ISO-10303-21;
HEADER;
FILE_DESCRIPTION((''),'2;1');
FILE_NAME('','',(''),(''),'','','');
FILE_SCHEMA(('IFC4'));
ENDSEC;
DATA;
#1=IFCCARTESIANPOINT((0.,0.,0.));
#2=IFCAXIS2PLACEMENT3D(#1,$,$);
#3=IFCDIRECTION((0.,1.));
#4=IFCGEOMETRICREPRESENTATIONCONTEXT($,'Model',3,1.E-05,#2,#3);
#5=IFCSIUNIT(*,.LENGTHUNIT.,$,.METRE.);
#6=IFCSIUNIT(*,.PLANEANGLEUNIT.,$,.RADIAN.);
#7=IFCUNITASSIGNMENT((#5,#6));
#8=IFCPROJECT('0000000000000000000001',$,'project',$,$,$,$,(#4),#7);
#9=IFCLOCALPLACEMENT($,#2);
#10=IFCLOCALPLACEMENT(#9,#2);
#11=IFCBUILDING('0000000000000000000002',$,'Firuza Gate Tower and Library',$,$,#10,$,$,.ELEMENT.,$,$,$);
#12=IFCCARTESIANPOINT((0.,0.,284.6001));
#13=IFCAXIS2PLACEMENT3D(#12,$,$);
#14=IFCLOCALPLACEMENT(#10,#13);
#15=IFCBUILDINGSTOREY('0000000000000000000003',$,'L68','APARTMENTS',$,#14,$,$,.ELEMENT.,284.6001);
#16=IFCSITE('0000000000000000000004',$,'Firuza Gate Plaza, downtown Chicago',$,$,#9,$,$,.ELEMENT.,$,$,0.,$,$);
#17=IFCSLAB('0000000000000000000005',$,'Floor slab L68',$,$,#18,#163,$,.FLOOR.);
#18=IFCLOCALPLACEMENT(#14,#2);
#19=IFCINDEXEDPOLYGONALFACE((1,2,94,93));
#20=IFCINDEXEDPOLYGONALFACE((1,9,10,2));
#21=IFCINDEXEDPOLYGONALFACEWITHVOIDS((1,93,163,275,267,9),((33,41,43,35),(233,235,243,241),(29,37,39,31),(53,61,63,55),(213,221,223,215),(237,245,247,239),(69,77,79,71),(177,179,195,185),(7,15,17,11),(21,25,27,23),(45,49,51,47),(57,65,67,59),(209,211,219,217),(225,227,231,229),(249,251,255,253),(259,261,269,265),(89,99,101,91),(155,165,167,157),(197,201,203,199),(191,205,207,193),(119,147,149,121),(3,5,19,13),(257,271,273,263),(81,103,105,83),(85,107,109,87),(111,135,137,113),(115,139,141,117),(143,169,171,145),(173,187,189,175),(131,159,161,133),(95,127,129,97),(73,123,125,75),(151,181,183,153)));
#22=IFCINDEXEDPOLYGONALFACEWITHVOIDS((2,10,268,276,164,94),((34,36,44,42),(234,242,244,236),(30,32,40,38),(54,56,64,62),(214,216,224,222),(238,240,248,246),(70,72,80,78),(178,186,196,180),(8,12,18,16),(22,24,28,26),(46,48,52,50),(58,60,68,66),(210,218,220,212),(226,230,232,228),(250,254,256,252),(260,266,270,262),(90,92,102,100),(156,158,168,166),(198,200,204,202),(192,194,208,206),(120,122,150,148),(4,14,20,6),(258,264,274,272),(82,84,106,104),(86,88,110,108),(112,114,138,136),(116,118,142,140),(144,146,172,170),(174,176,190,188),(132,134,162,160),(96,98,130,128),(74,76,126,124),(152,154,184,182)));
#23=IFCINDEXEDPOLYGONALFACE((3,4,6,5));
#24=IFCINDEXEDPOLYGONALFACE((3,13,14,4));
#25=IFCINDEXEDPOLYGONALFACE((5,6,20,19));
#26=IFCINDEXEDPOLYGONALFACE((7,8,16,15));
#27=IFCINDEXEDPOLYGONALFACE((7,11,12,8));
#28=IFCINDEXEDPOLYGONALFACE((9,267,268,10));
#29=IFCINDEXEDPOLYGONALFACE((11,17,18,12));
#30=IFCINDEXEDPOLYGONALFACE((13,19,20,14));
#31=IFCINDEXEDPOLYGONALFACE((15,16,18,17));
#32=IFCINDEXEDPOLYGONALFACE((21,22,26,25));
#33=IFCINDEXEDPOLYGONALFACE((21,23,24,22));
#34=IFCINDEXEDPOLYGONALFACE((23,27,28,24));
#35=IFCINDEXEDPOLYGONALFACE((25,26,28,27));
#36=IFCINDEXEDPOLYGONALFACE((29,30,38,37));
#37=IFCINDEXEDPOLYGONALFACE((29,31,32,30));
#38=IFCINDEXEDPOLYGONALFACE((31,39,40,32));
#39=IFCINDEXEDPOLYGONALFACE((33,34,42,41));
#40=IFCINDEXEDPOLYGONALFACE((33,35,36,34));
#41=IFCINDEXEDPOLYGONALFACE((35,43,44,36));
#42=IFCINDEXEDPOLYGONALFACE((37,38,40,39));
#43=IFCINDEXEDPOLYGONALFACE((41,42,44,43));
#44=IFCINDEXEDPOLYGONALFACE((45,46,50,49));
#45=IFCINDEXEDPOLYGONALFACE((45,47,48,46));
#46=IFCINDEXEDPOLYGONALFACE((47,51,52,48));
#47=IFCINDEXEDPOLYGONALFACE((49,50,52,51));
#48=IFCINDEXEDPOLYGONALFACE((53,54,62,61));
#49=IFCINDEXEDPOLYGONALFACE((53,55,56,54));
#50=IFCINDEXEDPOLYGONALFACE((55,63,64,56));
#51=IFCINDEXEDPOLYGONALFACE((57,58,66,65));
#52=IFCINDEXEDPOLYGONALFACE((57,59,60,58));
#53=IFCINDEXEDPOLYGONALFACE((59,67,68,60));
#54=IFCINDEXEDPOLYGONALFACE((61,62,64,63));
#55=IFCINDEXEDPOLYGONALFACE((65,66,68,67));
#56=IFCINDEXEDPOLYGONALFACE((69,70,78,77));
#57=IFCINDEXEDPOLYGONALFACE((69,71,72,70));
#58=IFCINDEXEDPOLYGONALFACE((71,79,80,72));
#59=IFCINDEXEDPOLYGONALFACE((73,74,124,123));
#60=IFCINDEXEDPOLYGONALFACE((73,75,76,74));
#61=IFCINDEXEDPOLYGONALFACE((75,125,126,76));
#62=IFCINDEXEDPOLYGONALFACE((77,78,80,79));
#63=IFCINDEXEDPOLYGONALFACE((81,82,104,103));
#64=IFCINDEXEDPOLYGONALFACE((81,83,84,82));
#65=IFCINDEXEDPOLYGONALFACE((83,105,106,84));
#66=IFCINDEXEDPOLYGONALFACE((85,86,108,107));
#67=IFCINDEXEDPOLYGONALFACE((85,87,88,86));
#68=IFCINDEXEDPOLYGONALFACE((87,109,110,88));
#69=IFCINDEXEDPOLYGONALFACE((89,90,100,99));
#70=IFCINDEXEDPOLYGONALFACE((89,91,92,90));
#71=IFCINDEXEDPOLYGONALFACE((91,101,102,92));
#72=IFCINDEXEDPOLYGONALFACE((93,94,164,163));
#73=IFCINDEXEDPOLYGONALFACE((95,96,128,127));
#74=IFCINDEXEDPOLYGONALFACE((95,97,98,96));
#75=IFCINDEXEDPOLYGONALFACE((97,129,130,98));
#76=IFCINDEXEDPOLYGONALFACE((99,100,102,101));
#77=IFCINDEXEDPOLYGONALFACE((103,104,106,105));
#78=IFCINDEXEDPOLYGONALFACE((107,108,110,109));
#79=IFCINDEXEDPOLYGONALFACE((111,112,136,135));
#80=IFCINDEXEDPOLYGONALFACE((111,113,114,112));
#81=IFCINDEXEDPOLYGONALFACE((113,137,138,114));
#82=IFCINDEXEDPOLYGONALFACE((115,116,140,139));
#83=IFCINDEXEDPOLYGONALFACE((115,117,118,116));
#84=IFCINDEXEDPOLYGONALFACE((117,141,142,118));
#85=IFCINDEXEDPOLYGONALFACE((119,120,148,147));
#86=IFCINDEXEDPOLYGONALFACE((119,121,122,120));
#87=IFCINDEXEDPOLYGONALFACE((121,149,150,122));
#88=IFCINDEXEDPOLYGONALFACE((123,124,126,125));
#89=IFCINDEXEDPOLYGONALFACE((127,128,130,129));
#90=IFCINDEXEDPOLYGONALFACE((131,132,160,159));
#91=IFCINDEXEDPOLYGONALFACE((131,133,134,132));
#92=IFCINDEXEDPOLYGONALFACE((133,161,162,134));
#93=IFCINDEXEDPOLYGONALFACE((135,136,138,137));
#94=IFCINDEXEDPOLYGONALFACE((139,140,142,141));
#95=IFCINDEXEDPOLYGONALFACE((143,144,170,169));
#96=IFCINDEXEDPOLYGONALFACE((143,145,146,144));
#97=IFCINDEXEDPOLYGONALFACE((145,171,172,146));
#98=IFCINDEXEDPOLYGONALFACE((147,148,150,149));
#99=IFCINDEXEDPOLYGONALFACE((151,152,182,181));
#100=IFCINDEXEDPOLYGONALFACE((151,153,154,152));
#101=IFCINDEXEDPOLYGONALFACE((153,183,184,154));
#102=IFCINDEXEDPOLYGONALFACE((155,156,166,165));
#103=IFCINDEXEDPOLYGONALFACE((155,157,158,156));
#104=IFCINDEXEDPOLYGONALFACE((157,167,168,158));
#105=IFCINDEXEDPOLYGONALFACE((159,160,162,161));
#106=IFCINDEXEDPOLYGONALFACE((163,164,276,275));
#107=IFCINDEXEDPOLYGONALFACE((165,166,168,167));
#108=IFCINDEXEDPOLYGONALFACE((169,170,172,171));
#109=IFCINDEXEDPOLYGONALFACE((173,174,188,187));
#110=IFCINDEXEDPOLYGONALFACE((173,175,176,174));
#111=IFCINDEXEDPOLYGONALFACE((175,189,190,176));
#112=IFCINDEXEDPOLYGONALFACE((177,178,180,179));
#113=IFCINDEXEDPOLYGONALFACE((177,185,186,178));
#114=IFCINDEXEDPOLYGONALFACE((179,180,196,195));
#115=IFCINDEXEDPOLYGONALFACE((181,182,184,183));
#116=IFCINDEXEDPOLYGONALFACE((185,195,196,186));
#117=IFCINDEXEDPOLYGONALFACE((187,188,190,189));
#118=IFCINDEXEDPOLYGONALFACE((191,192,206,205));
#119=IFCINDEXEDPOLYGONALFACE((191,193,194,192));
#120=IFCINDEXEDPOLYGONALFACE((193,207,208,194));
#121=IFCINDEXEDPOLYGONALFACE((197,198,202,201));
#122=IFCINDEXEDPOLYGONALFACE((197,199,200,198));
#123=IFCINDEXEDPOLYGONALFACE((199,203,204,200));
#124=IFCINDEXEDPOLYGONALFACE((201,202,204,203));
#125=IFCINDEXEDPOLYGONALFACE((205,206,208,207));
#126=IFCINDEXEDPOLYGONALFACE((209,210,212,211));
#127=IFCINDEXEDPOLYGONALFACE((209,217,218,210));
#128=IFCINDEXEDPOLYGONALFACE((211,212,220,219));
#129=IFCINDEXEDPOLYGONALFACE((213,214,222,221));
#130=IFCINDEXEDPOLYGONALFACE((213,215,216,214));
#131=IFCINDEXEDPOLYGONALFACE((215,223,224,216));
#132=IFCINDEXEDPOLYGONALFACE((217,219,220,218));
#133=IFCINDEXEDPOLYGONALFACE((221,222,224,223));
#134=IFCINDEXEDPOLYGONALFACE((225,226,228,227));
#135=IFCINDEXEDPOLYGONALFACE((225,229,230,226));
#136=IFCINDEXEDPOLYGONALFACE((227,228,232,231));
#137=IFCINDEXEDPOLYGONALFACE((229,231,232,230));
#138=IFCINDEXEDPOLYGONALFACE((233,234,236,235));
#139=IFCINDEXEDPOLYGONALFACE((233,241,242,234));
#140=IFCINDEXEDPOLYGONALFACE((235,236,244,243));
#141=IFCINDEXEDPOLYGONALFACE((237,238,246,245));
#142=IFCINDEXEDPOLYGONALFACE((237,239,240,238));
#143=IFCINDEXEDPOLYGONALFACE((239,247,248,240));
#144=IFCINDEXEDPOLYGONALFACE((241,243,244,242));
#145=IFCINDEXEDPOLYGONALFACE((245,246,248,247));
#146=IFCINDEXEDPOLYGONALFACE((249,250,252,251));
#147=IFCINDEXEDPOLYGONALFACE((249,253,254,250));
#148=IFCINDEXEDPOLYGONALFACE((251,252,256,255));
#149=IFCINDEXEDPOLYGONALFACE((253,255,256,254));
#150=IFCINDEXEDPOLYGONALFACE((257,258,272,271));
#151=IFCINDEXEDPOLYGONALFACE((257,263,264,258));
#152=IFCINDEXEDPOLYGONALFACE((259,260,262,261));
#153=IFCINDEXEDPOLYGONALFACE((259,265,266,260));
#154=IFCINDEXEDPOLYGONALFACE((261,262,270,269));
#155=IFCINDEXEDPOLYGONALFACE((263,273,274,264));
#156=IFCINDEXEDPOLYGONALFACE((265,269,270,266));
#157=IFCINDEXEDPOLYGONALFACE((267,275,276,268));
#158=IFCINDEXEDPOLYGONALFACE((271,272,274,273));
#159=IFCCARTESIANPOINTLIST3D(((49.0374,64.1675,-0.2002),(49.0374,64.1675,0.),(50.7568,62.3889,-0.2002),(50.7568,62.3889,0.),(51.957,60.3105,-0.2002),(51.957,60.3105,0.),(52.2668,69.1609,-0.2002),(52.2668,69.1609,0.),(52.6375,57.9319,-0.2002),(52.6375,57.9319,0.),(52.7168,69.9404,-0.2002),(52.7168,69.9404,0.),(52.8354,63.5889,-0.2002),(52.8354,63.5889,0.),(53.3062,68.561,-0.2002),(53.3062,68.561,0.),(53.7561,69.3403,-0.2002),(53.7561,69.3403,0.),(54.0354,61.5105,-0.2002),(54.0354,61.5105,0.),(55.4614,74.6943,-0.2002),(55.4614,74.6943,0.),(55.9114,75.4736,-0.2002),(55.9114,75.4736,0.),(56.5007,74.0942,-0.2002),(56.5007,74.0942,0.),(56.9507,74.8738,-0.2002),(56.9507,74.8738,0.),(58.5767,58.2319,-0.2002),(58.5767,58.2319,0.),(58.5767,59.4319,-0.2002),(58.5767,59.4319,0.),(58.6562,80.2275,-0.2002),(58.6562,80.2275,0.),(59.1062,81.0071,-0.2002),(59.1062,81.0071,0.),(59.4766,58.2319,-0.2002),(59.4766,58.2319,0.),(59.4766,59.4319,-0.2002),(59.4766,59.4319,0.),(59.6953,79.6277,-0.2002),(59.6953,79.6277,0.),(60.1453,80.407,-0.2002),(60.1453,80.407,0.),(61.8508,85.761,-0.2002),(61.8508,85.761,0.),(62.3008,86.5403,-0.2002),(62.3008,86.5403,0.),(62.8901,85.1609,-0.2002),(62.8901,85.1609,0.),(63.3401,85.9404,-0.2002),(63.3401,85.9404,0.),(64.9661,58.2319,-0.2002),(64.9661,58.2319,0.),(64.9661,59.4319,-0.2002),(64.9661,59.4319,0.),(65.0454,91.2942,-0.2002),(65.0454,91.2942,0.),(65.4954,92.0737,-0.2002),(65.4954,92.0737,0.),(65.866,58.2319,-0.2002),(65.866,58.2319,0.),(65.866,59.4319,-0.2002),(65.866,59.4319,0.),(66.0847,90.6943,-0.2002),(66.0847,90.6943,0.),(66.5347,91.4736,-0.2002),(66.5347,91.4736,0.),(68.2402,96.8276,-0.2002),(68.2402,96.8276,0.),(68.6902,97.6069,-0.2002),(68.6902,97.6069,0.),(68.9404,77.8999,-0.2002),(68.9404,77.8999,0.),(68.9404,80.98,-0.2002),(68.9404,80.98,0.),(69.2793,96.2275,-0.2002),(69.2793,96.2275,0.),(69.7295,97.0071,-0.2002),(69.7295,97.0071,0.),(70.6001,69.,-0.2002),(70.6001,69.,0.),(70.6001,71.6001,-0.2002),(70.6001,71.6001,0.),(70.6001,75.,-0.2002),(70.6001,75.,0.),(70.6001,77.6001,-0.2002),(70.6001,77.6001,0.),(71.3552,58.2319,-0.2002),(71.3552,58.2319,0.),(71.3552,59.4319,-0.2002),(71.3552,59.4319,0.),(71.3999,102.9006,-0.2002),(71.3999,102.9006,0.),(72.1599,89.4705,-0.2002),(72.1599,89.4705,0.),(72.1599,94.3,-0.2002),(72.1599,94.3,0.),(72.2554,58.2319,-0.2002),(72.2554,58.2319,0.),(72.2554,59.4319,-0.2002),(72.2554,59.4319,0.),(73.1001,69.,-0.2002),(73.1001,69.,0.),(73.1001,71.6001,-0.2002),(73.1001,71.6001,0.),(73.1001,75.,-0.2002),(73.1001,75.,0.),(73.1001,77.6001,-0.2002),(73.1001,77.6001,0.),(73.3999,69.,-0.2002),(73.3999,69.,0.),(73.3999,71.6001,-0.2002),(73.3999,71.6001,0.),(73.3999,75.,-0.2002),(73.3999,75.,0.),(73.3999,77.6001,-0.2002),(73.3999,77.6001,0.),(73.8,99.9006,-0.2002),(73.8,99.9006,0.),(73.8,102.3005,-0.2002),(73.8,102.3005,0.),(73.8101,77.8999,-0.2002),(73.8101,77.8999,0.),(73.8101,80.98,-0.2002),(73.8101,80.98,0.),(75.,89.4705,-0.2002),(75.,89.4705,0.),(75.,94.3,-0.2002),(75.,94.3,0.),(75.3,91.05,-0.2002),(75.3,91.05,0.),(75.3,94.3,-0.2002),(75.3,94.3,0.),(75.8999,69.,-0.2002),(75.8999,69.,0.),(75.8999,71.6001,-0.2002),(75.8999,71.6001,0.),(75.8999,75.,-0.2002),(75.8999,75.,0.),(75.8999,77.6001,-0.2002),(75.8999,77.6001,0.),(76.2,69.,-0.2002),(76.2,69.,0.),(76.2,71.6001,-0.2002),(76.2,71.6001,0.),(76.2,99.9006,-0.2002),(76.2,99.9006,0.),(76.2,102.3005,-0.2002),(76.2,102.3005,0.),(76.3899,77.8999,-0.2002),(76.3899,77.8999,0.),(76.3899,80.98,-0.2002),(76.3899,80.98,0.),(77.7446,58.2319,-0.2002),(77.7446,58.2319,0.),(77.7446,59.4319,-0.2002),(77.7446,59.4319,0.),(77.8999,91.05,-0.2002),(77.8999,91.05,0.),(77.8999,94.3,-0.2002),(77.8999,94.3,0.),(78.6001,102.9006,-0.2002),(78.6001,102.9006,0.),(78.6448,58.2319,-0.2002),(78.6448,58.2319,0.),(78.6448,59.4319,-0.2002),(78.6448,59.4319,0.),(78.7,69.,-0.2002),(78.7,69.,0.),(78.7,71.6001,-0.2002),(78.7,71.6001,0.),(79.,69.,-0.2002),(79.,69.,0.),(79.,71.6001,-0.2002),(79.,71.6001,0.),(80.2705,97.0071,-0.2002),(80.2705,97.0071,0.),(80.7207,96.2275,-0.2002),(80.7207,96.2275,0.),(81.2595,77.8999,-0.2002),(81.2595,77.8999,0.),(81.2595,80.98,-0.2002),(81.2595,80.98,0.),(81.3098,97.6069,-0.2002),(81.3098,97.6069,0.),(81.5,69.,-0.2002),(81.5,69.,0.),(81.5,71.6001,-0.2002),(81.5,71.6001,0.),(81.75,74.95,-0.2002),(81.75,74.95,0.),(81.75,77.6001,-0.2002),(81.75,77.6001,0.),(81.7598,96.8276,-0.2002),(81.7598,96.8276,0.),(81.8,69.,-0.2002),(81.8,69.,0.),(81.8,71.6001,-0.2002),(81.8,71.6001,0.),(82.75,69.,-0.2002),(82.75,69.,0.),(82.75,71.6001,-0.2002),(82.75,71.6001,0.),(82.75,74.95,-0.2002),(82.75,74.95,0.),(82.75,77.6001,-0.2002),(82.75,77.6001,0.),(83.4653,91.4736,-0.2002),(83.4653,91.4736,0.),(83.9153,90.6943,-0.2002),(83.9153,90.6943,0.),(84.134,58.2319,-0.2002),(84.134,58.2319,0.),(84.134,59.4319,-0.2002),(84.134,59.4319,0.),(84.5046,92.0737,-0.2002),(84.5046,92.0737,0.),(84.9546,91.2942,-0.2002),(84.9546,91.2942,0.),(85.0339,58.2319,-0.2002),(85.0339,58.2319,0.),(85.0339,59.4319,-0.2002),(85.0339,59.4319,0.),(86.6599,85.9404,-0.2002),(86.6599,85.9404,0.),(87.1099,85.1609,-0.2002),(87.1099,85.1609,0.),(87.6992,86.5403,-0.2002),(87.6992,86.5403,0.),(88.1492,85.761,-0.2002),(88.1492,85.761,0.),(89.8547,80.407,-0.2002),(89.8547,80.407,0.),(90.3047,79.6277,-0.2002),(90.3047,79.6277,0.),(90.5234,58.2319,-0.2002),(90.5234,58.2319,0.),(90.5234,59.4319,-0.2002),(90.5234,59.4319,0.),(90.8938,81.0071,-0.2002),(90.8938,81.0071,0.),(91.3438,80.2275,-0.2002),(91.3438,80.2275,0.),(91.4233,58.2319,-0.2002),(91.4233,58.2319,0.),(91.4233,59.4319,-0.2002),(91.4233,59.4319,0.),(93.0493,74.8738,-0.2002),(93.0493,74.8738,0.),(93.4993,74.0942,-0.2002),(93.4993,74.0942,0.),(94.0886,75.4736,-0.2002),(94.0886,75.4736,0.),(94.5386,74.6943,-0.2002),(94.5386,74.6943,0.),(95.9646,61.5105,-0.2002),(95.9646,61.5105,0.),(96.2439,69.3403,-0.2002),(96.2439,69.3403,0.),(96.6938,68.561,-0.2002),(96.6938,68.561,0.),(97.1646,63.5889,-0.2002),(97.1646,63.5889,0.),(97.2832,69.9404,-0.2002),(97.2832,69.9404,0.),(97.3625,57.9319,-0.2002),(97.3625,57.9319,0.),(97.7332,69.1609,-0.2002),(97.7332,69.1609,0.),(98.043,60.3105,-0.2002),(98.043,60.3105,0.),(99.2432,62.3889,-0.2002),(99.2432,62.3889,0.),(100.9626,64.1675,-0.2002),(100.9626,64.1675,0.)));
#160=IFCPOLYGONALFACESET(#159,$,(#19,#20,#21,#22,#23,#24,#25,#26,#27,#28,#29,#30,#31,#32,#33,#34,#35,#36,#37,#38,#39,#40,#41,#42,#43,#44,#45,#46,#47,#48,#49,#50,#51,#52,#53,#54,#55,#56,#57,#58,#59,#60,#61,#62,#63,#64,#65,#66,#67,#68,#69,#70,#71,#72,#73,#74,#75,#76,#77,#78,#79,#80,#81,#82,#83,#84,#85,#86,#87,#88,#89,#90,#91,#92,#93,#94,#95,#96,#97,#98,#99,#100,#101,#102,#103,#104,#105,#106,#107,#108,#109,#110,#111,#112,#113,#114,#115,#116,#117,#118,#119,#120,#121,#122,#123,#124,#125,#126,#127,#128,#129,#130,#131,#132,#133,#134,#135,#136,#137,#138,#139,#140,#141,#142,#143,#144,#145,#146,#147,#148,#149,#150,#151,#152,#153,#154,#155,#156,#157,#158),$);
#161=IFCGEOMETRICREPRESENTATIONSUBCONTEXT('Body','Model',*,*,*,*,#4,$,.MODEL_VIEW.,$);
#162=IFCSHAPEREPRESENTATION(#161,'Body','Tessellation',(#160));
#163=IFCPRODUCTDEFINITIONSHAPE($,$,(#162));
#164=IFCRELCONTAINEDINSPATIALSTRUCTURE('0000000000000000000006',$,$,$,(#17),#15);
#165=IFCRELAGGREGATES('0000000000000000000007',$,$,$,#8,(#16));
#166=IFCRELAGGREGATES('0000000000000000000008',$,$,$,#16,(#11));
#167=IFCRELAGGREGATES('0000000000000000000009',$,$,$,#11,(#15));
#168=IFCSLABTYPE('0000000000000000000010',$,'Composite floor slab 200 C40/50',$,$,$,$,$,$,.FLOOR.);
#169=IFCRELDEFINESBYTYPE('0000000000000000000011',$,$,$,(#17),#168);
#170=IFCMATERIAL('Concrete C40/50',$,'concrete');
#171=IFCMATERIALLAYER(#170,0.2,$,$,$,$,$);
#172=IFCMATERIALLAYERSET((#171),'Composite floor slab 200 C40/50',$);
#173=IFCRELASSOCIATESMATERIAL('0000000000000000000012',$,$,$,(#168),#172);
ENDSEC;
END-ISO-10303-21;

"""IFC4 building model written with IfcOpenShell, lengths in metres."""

from ifc_helpers import new_model, si_unit, direction, frame, origin, place, context, subcontext, project, spatial, polyline, outline, extrude, material, layer, layer_set, type_object, element, save


model = new_model("IFC4")

# Units and contexts
model_context = context("Model", 3, precision=1e-05, world=origin(), true_north=direction((0.0, 1.0)))
body_context = subcontext(model_context, "Body", "Model", "MODEL_VIEW")
ifc_project = project(units=[si_unit("LENGTHUNIT", "METRE"), si_unit("PLANEANGLEUNIT", "RADIAN")], contexts=[model_context])

# Site, building, storey
site_placement = place(None, origin())
site = spatial("IfcSite", under=ifc_project, at=site_placement, Name="Firuza Gate Plaza, downtown Chicago", CompositionType="ELEMENT", RefElevation=0.0)
building_placement = place(site_placement, origin())
building = spatial("IfcBuilding", under=site, at=building_placement, Name="Firuza Gate Tower and Library", CompositionType="ELEMENT")
storey_placement = place(building_placement, frame((0.0, 0.0, 284.6001)))
storey = spatial("IfcBuildingStorey", under=building, at=storey_placement, Name="L68", Description="APARTMENTS", CompositionType="ELEMENT", Elevation=284.6001)

# Slab
ifc_material_1 = material(Name="Concrete C40/50", Category="concrete")
ifc_layer_1 = layer(ifc_material_1, 0.2)
ifc_layer_set_1 = layer_set([ifc_layer_1], Name="Composite floor slab 200 C40/50")
slab_type_1 = type_object("IfcSlabType", Name="Composite floor slab 200 C40/50", PredefinedType="FLOOR", material=ifc_layer_set_1)
slab_1_placement = place(storey_placement, frame((0.0, 0.0, -0.2002)))
element("IfcSlab", 1, at=slab_1_placement, inside=storey, type_object=slab_type_1, Name="Floor slab L68", PredefinedType="FLOOR", context=body_context, shape_type="SweptSolid", body=[
    extrude(outline(polyline([(49.0374, 64.1675), (52.6375, 57.9319), (97.3625, 57.9319), (100.9626, 64.1675), (78.6001, 102.9006), (71.3999, 102.9006), (49.0374, 64.1675)]), holes=[polyline([(58.5767, 58.2319), (58.5767, 59.4319), (59.4766, 59.4319), (59.4766, 58.2319), (58.5767, 58.2319)]), polyline([(64.9661, 58.2319), (64.9661, 59.4319), (65.866, 59.4319), (65.866, 58.2319), (64.9661, 58.2319)]), polyline([(71.3552, 58.2319), (71.3552, 59.4319), (72.2554, 59.4319), (72.2554, 58.2319), (71.3552, 58.2319)]), polyline([(50.7568, 62.3889), (52.8354, 63.5889), (54.0354, 61.5105), (51.957, 60.3105), (50.7568, 62.3889)]), polyline([(52.7168, 69.9404), (53.7561, 69.3403), (53.3062, 68.561), (52.2668, 69.1609), (52.7168, 69.9404)]), polyline([(73.1001, 69.0), (70.6001, 69.0), (70.6001, 71.6001), (73.1001, 71.6001), (73.1001, 69.0)]), polyline([(75.8999, 69.0), (73.3999, 69.0), (73.3999, 71.6001), (75.8999, 71.6001), (75.8999, 69.0)]), polyline([(55.9114, 75.4736), (56.9507, 74.8738), (56.5007, 74.0942), (55.4614, 74.6943), (55.9114, 75.4736)]), polyline([(73.1001, 75.0), (70.6001, 75.0), (70.6001, 77.6001), (73.1001, 77.6001), (73.1001, 75.0)]), polyline([(75.8999, 75.0), (73.3999, 75.0), (73.3999, 77.6001), (75.8999, 77.6001), (75.8999, 75.0)]), polyline([(68.9404, 77.8999), (68.9404, 80.98), (73.8101, 80.98), (73.8101, 77.8999), (68.9404, 77.8999)]), polyline([(59.1062, 81.0071), (60.1453, 80.407), (59.6953, 79.6277), (58.6562, 80.2275), (59.1062, 81.0071)]), polyline([(62.3008, 86.5403), (63.3401, 85.9404), (62.8901, 85.1609), (61.8508, 85.761), (62.3008, 86.5403)]), polyline([(65.4954, 92.0737), (66.5347, 91.4736), (66.0847, 90.6943), (65.0454, 91.2942), (65.4954, 92.0737)]), polyline([(72.1599, 89.4705), (72.1599, 94.3), (75.0, 94.3), (75.0, 89.4705), (72.1599, 89.4705)]), polyline([(68.6902, 97.6069), (69.7295, 97.0071), (69.2793, 96.2275), (68.2402, 96.8276), (68.6902, 97.6069)]), polyline([(76.2, 102.3005), (76.2, 99.9006), (73.8, 99.9006), (73.8, 102.3005), (76.2, 102.3005)]), polyline([(77.7446, 58.2319), (77.7446, 59.4319), (78.6448, 59.4319), (78.6448, 58.2319), (77.7446, 58.2319)]), polyline([(84.134, 58.2319), (84.134, 59.4319), (85.0339, 59.4319), (85.0339, 58.2319), (84.134, 58.2319)]), polyline([(90.5234, 58.2319), (90.5234, 59.4319), (91.4233, 59.4319), (91.4233, 58.2319), (90.5234, 58.2319)]), polyline([(98.043, 60.3105), (95.9646, 61.5105), (97.1646, 63.5889), (99.2432, 62.3889), (98.043, 60.3105)]), polyline([(97.7332, 69.1609), (96.6938, 68.561), (96.2439, 69.3403), (97.2832, 69.9404), (97.7332, 69.1609)]), polyline([(78.7, 69.0), (76.2, 69.0), (76.2, 71.6001), (78.7, 71.6001), (78.7, 69.0)]), polyline([(81.5, 69.0), (79.0, 69.0), (79.0, 71.6001), (81.5, 71.6001), (81.5, 69.0)]), polyline([(82.75, 69.0), (81.8, 69.0), (81.8, 71.6001), (82.75, 71.6001), (82.75, 69.0)]), polyline([(94.5386, 74.6943), (93.4993, 74.0942), (93.0493, 74.8738), (94.0886, 75.4736), (94.5386, 74.6943)]), polyline([(82.75, 74.95), (81.75, 74.95), (81.75, 77.6001), (82.75, 77.6001), (82.75, 74.95)]), polyline([(81.2595, 80.98), (81.2595, 77.8999), (76.3899, 77.8999), (76.3899, 80.98), (81.2595, 80.98)]), polyline([(91.3438, 80.2275), (90.3047, 79.6277), (89.8547, 80.407), (90.8938, 81.0071), (91.3438, 80.2275)]), polyline([(88.1492, 85.761), (87.1099, 85.1609), (86.6599, 85.9404), (87.6992, 86.5403), (88.1492, 85.761)]), polyline([(84.9546, 91.2942), (83.9153, 90.6943), (83.4653, 91.4736), (84.5046, 92.0737), (84.9546, 91.2942)]), polyline([(75.3, 91.05), (75.3, 94.3), (77.8999, 94.3), (77.8999, 91.05), (75.3, 91.05)]), polyline([(80.7207, 96.2275), (80.2705, 97.0071), (81.3098, 97.6069), (81.7598, 96.8276), (80.7207, 96.2275)])]), origin(), (0.0, 0.0, 1.0), 0.2002),
])

save(model, "model.ifc")
